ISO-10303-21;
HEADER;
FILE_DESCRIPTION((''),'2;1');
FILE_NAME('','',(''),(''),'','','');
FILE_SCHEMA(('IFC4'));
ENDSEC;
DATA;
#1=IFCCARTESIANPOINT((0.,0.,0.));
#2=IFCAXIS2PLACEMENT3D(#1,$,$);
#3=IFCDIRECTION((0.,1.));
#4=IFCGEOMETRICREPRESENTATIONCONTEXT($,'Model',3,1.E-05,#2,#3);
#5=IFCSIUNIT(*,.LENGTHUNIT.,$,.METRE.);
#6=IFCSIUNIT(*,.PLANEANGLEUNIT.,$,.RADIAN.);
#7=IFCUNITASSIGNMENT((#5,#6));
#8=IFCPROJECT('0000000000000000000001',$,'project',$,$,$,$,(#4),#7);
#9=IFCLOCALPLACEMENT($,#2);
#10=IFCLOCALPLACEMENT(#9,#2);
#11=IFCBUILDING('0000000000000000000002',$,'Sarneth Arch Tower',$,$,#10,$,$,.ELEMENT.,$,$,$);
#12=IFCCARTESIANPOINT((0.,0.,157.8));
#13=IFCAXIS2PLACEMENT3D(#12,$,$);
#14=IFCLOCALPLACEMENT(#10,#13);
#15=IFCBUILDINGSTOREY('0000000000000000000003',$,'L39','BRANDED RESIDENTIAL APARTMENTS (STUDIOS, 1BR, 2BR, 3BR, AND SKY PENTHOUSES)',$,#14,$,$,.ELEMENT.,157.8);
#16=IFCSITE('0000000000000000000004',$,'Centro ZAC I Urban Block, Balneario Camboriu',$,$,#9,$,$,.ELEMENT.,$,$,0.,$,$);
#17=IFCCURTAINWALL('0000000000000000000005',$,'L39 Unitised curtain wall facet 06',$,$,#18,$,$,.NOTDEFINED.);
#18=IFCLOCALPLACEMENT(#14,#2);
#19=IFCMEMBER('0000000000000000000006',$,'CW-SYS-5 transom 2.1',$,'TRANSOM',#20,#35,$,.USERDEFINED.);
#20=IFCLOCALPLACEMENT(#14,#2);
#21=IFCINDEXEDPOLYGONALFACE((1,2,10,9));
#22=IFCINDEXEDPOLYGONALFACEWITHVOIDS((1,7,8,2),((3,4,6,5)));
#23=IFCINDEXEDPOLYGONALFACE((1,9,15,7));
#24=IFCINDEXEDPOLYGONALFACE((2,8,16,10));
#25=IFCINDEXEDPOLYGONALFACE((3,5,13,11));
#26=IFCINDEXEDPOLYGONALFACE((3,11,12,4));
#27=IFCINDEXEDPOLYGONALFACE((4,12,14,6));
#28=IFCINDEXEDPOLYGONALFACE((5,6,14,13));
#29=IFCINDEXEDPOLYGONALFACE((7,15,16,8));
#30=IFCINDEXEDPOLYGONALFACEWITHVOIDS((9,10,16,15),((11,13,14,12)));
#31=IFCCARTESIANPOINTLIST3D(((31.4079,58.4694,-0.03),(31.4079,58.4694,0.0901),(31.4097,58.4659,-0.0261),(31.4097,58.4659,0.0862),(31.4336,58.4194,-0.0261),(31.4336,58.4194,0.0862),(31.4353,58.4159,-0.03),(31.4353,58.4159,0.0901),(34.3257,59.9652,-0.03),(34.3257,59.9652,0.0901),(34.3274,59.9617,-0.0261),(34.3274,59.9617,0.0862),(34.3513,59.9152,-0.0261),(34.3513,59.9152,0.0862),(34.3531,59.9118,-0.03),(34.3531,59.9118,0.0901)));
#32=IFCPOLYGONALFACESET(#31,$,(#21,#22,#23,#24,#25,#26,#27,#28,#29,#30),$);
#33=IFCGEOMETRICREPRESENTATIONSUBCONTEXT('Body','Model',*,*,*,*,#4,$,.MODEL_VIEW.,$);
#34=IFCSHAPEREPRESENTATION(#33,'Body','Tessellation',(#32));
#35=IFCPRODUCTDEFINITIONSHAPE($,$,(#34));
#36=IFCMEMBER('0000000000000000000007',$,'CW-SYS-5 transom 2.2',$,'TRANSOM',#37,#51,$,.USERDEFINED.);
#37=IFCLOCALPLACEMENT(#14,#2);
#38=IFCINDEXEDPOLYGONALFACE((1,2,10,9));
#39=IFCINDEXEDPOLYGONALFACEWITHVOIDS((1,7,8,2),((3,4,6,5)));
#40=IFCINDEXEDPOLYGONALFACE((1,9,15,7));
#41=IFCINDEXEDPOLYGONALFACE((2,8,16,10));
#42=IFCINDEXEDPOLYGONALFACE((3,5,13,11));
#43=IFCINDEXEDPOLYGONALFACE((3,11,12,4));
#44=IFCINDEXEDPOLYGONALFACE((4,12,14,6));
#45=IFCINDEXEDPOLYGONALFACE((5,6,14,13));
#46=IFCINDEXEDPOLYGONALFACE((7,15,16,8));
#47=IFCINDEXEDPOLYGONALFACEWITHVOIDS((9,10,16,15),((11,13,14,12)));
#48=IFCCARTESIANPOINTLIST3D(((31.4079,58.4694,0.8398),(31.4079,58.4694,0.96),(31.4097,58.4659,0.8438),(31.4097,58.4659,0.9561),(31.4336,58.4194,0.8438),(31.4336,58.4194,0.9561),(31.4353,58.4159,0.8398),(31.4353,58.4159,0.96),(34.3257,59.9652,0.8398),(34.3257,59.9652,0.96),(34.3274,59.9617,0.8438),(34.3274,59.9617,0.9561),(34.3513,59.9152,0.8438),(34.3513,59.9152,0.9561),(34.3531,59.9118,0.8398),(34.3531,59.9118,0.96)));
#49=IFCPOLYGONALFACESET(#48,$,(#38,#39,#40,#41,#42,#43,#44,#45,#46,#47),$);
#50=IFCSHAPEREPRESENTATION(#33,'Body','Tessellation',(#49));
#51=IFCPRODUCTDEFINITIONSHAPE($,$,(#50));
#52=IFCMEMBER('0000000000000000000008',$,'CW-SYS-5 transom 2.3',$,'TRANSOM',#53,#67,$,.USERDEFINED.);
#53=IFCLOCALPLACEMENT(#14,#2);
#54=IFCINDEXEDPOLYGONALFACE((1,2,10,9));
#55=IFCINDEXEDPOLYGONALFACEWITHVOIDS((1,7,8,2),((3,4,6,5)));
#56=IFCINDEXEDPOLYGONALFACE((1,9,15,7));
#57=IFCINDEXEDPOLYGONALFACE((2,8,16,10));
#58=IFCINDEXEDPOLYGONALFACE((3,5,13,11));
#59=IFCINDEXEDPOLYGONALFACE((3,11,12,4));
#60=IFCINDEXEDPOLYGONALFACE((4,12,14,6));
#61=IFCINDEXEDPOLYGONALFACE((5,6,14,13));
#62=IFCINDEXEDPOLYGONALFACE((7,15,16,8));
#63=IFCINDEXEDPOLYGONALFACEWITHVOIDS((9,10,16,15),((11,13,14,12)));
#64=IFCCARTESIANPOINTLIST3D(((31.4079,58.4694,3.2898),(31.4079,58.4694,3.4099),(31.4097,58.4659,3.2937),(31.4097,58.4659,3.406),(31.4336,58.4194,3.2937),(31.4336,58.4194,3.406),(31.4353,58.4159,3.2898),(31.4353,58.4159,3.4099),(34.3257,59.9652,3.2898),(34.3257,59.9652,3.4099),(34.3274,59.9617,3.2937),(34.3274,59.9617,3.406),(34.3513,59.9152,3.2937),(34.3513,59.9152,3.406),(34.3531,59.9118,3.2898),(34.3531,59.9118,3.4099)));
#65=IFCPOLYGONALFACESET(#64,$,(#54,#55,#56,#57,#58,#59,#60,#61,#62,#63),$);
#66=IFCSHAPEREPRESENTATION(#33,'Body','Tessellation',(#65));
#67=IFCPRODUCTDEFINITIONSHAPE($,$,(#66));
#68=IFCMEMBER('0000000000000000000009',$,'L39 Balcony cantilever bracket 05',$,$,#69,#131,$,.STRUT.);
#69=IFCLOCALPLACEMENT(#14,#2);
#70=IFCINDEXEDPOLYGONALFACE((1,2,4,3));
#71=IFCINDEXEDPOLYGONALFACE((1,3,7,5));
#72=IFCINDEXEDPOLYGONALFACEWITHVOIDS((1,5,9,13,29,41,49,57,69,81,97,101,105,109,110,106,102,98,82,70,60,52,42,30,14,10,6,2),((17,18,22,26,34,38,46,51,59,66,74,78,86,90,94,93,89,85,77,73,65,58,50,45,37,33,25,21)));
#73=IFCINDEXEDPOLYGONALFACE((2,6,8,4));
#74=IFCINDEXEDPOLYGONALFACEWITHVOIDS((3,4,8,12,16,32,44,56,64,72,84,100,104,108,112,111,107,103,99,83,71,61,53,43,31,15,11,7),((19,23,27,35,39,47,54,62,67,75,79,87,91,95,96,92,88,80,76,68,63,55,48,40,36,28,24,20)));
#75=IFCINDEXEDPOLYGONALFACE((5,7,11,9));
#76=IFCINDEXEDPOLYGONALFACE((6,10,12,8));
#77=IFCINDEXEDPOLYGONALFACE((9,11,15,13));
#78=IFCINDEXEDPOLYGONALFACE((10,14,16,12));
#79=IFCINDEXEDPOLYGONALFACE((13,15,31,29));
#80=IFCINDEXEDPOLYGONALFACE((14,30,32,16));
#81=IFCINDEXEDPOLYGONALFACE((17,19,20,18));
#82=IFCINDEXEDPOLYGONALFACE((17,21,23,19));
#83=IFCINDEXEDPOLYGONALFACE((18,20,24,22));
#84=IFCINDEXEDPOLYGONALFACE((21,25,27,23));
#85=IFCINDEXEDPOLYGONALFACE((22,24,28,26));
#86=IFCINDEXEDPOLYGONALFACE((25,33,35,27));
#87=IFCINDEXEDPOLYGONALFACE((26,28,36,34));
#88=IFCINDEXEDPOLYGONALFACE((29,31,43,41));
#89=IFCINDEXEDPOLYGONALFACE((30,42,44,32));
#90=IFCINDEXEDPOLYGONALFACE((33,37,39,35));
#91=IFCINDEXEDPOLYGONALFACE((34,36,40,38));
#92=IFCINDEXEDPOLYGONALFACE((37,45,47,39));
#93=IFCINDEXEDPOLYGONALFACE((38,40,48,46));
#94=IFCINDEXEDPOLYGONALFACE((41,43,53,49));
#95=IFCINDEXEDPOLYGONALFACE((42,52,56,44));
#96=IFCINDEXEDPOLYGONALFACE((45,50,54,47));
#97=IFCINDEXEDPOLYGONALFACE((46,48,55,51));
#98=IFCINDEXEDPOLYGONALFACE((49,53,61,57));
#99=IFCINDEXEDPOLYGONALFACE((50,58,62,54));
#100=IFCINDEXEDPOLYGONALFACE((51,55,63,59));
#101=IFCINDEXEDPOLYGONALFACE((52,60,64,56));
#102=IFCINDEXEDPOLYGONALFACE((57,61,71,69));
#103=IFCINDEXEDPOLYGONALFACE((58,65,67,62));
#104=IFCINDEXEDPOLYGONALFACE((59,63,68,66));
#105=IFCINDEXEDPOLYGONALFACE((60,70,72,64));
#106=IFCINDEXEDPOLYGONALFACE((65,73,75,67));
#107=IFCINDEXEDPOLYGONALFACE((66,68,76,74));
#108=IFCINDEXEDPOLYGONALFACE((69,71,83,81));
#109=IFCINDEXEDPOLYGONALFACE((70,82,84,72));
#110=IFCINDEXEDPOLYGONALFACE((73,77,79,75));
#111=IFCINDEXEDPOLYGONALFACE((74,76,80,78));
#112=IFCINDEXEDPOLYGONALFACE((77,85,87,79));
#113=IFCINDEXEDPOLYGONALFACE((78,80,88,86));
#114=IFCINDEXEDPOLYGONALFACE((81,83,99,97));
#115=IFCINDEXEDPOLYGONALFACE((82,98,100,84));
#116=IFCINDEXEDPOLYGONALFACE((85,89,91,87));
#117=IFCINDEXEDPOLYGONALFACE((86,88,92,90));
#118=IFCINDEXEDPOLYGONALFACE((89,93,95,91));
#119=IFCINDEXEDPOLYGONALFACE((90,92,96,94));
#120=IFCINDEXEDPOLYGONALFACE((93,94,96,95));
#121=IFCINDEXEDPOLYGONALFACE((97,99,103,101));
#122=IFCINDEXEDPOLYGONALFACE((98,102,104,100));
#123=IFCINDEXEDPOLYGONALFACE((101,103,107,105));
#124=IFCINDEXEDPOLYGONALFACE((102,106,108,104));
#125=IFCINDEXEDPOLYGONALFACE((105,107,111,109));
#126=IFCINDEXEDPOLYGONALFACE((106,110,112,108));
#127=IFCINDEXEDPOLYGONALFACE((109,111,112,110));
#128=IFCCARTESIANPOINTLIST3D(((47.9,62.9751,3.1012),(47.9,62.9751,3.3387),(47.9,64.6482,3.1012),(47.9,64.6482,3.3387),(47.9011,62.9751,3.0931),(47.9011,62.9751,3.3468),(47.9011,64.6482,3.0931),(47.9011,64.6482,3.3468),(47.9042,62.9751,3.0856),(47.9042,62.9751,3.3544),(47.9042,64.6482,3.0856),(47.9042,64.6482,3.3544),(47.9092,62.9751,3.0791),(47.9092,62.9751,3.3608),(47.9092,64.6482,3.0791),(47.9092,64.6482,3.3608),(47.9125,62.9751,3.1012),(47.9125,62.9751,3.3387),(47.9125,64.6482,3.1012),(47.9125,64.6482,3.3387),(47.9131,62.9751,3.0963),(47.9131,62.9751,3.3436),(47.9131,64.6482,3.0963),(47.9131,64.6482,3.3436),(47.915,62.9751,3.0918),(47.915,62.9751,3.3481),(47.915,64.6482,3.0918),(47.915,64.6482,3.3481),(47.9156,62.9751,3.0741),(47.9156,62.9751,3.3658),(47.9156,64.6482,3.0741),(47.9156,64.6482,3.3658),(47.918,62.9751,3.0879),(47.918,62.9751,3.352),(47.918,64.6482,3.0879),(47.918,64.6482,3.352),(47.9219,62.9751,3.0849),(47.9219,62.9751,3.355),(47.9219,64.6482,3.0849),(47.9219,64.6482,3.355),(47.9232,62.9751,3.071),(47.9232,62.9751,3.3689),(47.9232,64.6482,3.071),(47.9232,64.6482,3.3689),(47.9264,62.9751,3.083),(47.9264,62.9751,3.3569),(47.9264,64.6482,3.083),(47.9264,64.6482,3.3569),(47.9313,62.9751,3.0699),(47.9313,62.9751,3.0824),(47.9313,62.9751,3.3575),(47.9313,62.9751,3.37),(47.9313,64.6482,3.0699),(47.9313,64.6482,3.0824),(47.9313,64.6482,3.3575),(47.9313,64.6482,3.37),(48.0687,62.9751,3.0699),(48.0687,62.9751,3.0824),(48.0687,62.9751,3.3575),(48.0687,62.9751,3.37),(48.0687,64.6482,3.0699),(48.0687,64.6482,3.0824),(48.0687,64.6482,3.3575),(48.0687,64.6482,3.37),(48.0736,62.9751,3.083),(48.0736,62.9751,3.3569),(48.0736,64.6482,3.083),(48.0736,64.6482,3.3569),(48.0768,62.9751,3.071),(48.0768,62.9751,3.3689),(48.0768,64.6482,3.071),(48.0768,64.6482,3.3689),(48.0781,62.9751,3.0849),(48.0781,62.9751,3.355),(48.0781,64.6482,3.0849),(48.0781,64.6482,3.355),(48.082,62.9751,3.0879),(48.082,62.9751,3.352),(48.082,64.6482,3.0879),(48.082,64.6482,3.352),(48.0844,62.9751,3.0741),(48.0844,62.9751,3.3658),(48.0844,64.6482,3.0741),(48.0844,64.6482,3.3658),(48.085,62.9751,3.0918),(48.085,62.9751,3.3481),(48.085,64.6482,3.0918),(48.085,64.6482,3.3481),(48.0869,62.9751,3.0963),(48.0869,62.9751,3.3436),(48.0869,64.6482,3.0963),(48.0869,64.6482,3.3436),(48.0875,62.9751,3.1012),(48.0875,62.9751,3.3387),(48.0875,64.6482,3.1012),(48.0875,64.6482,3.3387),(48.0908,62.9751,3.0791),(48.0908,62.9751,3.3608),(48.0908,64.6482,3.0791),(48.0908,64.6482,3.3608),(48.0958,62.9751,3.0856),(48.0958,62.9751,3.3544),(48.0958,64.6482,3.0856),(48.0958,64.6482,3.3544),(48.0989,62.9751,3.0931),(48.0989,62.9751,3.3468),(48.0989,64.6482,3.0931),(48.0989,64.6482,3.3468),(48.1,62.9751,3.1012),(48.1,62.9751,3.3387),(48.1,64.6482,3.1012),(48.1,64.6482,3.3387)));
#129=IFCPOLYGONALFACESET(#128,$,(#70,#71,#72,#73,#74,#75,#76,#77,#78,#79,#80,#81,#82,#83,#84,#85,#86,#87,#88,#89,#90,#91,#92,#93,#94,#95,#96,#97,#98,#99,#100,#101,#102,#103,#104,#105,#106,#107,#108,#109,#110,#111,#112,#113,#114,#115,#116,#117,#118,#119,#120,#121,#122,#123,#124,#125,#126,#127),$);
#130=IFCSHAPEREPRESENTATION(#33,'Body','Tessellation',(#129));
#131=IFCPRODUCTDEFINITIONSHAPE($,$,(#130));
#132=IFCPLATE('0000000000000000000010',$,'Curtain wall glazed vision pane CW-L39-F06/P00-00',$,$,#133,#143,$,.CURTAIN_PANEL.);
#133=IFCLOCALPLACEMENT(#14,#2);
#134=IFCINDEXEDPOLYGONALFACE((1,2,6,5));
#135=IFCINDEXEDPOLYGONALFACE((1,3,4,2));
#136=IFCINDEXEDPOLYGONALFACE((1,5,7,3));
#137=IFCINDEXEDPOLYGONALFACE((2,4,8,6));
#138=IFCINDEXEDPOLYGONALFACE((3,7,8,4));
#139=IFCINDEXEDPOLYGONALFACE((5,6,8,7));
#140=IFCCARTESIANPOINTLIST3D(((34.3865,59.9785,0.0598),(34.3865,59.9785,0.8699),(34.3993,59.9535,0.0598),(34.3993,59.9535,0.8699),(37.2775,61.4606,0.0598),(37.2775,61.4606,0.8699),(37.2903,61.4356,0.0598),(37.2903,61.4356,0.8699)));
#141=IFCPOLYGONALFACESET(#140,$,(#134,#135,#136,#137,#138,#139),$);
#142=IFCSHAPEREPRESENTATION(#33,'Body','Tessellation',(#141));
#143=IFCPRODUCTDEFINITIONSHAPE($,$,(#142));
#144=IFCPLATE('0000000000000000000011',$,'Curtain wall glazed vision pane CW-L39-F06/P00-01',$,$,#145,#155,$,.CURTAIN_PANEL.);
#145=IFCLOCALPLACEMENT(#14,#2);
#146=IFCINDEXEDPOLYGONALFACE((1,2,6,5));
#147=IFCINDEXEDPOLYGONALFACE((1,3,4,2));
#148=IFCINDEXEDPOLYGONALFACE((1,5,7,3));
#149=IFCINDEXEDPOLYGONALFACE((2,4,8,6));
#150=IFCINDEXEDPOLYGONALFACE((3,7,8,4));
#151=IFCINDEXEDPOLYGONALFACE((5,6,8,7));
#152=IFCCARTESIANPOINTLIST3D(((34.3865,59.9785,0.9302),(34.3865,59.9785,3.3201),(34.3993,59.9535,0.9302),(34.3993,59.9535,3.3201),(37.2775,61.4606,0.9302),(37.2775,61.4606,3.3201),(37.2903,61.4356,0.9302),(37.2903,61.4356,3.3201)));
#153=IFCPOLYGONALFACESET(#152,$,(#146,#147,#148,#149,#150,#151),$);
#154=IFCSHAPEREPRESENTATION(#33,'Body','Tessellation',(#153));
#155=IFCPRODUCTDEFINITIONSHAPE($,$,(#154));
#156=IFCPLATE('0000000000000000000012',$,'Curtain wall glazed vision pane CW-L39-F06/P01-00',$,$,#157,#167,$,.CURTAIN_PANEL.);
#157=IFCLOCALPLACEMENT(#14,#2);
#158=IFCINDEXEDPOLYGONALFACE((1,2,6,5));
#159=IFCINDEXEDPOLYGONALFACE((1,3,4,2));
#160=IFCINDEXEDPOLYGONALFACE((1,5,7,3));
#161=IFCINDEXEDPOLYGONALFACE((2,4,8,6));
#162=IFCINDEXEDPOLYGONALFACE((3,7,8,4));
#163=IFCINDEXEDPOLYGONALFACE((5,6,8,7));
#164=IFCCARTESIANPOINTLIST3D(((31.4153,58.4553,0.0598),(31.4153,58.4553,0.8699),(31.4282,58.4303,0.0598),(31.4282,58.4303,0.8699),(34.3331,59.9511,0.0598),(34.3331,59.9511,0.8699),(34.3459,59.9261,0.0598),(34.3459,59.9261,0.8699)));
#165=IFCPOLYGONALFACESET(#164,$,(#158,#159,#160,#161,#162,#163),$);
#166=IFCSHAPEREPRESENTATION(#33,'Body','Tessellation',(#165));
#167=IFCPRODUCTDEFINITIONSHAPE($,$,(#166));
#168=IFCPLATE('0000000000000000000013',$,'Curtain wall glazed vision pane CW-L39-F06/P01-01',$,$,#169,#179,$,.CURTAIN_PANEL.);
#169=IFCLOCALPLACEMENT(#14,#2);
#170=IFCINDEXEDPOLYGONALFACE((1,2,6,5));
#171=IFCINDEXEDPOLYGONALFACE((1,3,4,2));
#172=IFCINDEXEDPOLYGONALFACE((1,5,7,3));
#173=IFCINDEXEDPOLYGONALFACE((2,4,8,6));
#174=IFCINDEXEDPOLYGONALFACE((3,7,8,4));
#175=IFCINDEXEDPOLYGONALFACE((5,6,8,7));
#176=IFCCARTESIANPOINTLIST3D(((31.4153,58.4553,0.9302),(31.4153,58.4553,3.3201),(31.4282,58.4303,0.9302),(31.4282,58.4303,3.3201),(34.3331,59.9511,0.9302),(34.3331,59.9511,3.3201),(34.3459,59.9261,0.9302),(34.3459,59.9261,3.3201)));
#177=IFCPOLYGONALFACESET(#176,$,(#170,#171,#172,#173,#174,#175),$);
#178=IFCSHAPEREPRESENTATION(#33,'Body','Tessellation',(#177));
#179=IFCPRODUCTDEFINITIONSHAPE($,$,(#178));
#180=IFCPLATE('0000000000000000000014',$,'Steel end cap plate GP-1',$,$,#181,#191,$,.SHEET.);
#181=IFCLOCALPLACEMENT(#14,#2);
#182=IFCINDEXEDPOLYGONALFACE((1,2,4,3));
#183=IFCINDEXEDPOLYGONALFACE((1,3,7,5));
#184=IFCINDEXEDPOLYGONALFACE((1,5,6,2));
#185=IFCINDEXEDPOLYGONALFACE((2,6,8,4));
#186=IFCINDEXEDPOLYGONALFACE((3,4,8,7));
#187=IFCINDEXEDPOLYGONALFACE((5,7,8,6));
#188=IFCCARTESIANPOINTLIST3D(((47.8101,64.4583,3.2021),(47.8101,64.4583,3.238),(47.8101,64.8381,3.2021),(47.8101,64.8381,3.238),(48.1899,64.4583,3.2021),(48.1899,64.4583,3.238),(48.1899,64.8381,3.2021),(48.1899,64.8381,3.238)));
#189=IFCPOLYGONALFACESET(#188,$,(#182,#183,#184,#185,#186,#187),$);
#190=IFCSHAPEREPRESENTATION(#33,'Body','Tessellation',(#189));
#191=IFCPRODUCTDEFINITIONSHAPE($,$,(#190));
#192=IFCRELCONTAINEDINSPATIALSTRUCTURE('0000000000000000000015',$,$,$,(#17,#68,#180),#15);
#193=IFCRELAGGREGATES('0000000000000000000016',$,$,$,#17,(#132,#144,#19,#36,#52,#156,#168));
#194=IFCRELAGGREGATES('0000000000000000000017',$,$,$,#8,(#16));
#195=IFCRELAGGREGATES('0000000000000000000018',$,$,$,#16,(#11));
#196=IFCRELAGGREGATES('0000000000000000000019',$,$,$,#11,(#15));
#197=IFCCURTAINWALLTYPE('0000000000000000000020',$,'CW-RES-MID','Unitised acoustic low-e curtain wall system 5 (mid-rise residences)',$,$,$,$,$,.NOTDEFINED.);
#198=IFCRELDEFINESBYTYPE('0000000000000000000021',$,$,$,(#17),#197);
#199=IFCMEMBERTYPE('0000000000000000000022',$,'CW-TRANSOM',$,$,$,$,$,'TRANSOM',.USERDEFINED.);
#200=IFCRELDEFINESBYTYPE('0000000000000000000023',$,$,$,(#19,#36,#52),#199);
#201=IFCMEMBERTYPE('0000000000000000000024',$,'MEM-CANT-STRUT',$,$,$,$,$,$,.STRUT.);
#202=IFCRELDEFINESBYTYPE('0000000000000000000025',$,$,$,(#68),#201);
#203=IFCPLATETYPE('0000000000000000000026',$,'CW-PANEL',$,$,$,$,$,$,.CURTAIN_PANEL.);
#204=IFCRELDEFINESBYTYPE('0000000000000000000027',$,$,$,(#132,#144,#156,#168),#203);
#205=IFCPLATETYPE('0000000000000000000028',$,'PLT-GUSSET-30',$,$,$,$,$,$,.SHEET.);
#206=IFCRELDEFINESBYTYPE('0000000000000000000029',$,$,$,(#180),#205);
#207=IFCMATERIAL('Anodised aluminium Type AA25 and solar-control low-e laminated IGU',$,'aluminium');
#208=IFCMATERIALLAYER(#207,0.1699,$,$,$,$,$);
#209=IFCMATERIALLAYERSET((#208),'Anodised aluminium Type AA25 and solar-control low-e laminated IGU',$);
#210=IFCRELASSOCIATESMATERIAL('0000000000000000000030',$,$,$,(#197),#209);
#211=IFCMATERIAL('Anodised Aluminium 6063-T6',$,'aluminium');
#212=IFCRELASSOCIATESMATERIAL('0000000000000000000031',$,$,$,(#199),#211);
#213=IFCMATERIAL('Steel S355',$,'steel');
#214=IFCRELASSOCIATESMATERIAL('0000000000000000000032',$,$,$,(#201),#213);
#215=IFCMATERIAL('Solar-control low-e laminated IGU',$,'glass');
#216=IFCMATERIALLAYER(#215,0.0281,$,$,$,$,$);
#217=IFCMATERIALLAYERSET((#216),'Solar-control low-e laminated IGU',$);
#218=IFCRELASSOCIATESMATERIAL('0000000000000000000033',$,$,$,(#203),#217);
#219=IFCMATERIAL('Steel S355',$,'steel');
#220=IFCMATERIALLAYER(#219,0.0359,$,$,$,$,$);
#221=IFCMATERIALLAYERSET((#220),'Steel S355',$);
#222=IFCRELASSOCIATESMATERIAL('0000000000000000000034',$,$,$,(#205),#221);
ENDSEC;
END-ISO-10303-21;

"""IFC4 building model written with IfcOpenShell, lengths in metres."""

from ifc_helpers import new_model, si_unit, direction, frame, origin, origin_2d, place, context, subcontext, project, spatial, rectangle, hollow_rectangle, extrude, material, layer, layer_set, material_profile, profile_set, type_object, element, aggregate, save


model = new_model("IFC4")

# Units and contexts
model_context = context("Model", 3, precision=1e-05, world=origin(), true_north=direction((0.0, 1.0)))
body_context = subcontext(model_context, "Body", "Model", "MODEL_VIEW")
ifc_project = project(units=[si_unit("LENGTHUNIT", "METRE"), si_unit("PLANEANGLEUNIT", "RADIAN")], contexts=[model_context])

# Site, building, storey
site_placement = place(None, origin())
site = spatial("IfcSite", under=ifc_project, at=site_placement, Name="Centro ZAC I Urban Block, Balneario Camboriu", CompositionType="ELEMENT", RefElevation=0.0)
building_placement = place(site_placement, origin())
building = spatial("IfcBuilding", under=site, at=building_placement, Name="Sarneth Arch Tower", CompositionType="ELEMENT")
storey_placement = place(building_placement, frame((0.0, 0.0, 157.8)))
storey = spatial("IfcBuildingStorey", under=building, at=storey_placement, Name="L39", Description="BRANDED RESIDENTIAL APARTMENTS (STUDIOS, 1BR, 2BR, 3BR, AND SKY PENTHOUSES)", CompositionType="ELEMENT", Elevation=157.8)

# Curtain wall, members
ifc_material_1 = material(Name="Anodised aluminium Type AA25 and solar-control low-e laminated IGU", Category="aluminium")
ifc_layer_1 = layer(ifc_material_1, 0.1699)
ifc_layer_set_1 = layer_set([ifc_layer_1], Name="Anodised aluminium Type AA25 and solar-control low-e laminated IGU")
curtain_wall_type = type_object("IfcCurtainWallType", Name="CW-RES-MID", Description="Unitised acoustic low-e curtain wall system 5 (mid-rise residences)", PredefinedType="NOTDEFINED", material=ifc_layer_set_1)
curtain_wall_placement = place(storey_placement, origin())
curtain_wall = element("IfcCurtainWall", 1, at=curtain_wall_placement, inside=storey, type_object=curtain_wall_type, Name="L39 Unitised curtain wall facet 06", PredefinedType="NOTDEFINED")
ifc_material_2 = material(Name="Anodised Aluminium 6063-T6", Category="aluminium")
ifc_material_profile_1 = material_profile(ifc_material_2, hollow_rectangle(XDim=0.0601, YDim=0.1201, WallThickness=0.0039, at=origin_2d()), Name="AL-TRAN-120x60x4")
ifc_profile_set_1 = profile_set([ifc_material_profile_1], Name="Anodised Aluminium 6063-T6")
member_type_1 = type_object("IfcMemberType", Name="CW-TRANSOM", ElementType="TRANSOM", PredefinedType="USERDEFINED", material=ifc_profile_set_1)
member_1_placement = place(storey_placement, frame((34.3394, 59.9385, 0.03), z_axis=(-0.889869, -0.456215, 0.0), x_axis=(0.456215, -0.889869, 0.0)))
member_1 = element("IfcMember", 2, at=member_1_placement, type_object=member_type_1, Name="CW-SYS-5 transom 2.1", ObjectType="TRANSOM", PredefinedType="USERDEFINED", context=body_context, shape_type="SweptSolid", body=[
    extrude(hollow_rectangle(XDim=0.0601, YDim=0.1201, WallThickness=0.0039, at=origin_2d()), origin(), (0.0, 0.0, 1.0), 3.2788),
])
member_2_placement = place(storey_placement, frame((34.3394, 59.9385, 0.8999), z_axis=(-0.889869, -0.456215, 0.0), x_axis=(0.456215, -0.889869, 0.0)))
member_2 = element("IfcMember", 3, at=member_2_placement, type_object=member_type_1, Name="CW-SYS-5 transom 2.2", ObjectType="TRANSOM", PredefinedType="USERDEFINED", context=body_context, shape_type="SweptSolid", body=[
    extrude(hollow_rectangle(XDim=0.0601, YDim=0.1201, WallThickness=0.0039, at=origin_2d()), origin(), (0.0, 0.0, 1.0), 3.2788),
])
member_3_placement = place(storey_placement, frame((34.3394, 59.9385, 3.3499), z_axis=(-0.889869, -0.456215, 0.0), x_axis=(0.456215, -0.889869, 0.0)))
member_3 = element("IfcMember", 4, at=member_3_placement, type_object=member_type_1, Name="CW-SYS-5 transom 2.3", ObjectType="TRANSOM", PredefinedType="USERDEFINED", context=body_context, shape_type="SweptSolid", body=[
    extrude(hollow_rectangle(XDim=0.0601, YDim=0.1201, WallThickness=0.0039, at=origin_2d()), origin(), (0.0, 0.0, 1.0), 3.2788),
])

# Member
ifc_material_3 = material(Name="Steel S355", Category="steel")
ifc_material_profile_2 = material_profile(ifc_material_3, hollow_rectangle(XDim=0.2, YDim=0.3, WallThickness=0.0125, InnerFilletRadius=0.0188, OuterFilletRadius=0.0312, at=origin_2d()), Name="RHS300x200x12.5")
ifc_profile_set_2 = profile_set([ifc_material_profile_2], Name="Steel S355")
member_type_2 = type_object("IfcMemberType", Name="MEM-CANT-STRUT", PredefinedType="STRUT", material=ifc_profile_set_2)
member_4_placement = place(storey_placement, frame((48.0, 62.9751, 3.22), z_axis=(0.0, 1.0, 0.0), x_axis=(-1.0, 0.0, 0.0)))
element("IfcMember", 5, at=member_4_placement, inside=storey, type_object=member_type_2, Name="L39 Balcony cantilever bracket 05", PredefinedType="STRUT", context=body_context, shape_type="SweptSolid", body=[
    extrude(hollow_rectangle(XDim=0.2, YDim=0.3, WallThickness=0.0125, InnerFilletRadius=0.0188, OuterFilletRadius=0.0312, at=origin_2d()), origin(), (0.0, 0.0, 1.0), 1.6731),
])

# Plates
ifc_material_4 = material(Name="Solar-control low-e laminated IGU", Category="glass")
ifc_layer_2 = layer(ifc_material_4, 0.0281)
ifc_layer_set_2 = layer_set([ifc_layer_2], Name="Solar-control low-e laminated IGU")
plate_type_1 = type_object("IfcPlateType", Name="CW-PANEL", PredefinedType="CURTAIN_PANEL", material=ifc_layer_set_2)
plate_1_placement = place(storey_placement, frame((35.8384, 60.707, 0.0598), z_axis=(0.0, 0.0, 1.0), x_axis=(-0.889873, -0.456208, 0.0)))
plate_1 = element("IfcPlate", 6, at=plate_1_placement, type_object=plate_type_1, Name="Curtain wall glazed vision pane CW-L39-F06/P00-00", PredefinedType="CURTAIN_PANEL", context=body_context, shape_type="SweptSolid", body=[
    extrude(rectangle(XDim=3.2488, YDim=0.0281, at=origin_2d()), origin(), (0.0, 0.0, 1.0), 0.8101),
])
plate_2_placement = place(storey_placement, frame((35.8384, 60.707, 0.9302), z_axis=(0.0, 0.0, 1.0), x_axis=(-0.889873, -0.456208, 0.0)))
plate_2 = element("IfcPlate", 7, at=plate_2_placement, type_object=plate_type_1, Name="Curtain wall glazed vision pane CW-L39-F06/P00-01", PredefinedType="CURTAIN_PANEL", context=body_context, shape_type="SweptSolid", body=[
    extrude(rectangle(XDim=3.2488, YDim=0.0281, at=origin_2d()), origin(), (0.0, 0.0, 1.0), 2.3899),
])
plate_3_placement = place(storey_placement, frame((32.8806, 59.1907, 0.0598), z_axis=(0.0, 0.0, 1.0), x_axis=(-0.889873, -0.456208, 0.0)))
plate_3 = element("IfcPlate", 8, at=plate_3_placement, type_object=plate_type_1, Name="Curtain wall glazed vision pane CW-L39-F06/P01-00", PredefinedType="CURTAIN_PANEL", context=body_context, shape_type="SweptSolid", body=[
    extrude(rectangle(XDim=3.2788, YDim=0.0281, at=origin_2d()), origin(), (0.0, 0.0, 1.0), 0.8101),
])
plate_4_placement = place(storey_placement, frame((32.8806, 59.1907, 0.9302), z_axis=(0.0, 0.0, 1.0), x_axis=(-0.889873, -0.456208, 0.0)))
plate_4 = element("IfcPlate", 9, at=plate_4_placement, type_object=plate_type_1, Name="Curtain wall glazed vision pane CW-L39-F06/P01-01", PredefinedType="CURTAIN_PANEL", context=body_context, shape_type="SweptSolid", body=[
    extrude(rectangle(XDim=3.2788, YDim=0.0281, at=origin_2d()), origin(), (0.0, 0.0, 1.0), 2.3899),
])
aggregate(curtain_wall, [plate_1, plate_2, member_1, member_2, member_3, plate_3, plate_4])
ifc_material_5 = material(Name="Steel S355", Category="steel")
ifc_layer_3 = layer(ifc_material_5, 0.0359)
ifc_layer_set_3 = layer_set([ifc_layer_3], Name="Steel S355")
plate_type_2 = type_object("IfcPlateType", Name="PLT-GUSSET-30", PredefinedType="SHEET", material=ifc_layer_set_3)
plate_5_placement = place(storey_placement, frame((48.0, 64.6482, 3.2021), z_axis=(0.0, 0.0, 1.0), x_axis=(0.0, 1.0, 0.0)))
element("IfcPlate", 10, at=plate_5_placement, inside=storey, type_object=plate_type_2, Name="Steel end cap plate GP-1", PredefinedType="SHEET", context=body_context, shape_type="SweptSolid", body=[
    extrude(rectangle(XDim=0.3799, YDim=0.3799, at=origin_2d()), origin(), (0.0, 0.0, 1.0), 0.0359),
])

save(model, "model.ifc")
